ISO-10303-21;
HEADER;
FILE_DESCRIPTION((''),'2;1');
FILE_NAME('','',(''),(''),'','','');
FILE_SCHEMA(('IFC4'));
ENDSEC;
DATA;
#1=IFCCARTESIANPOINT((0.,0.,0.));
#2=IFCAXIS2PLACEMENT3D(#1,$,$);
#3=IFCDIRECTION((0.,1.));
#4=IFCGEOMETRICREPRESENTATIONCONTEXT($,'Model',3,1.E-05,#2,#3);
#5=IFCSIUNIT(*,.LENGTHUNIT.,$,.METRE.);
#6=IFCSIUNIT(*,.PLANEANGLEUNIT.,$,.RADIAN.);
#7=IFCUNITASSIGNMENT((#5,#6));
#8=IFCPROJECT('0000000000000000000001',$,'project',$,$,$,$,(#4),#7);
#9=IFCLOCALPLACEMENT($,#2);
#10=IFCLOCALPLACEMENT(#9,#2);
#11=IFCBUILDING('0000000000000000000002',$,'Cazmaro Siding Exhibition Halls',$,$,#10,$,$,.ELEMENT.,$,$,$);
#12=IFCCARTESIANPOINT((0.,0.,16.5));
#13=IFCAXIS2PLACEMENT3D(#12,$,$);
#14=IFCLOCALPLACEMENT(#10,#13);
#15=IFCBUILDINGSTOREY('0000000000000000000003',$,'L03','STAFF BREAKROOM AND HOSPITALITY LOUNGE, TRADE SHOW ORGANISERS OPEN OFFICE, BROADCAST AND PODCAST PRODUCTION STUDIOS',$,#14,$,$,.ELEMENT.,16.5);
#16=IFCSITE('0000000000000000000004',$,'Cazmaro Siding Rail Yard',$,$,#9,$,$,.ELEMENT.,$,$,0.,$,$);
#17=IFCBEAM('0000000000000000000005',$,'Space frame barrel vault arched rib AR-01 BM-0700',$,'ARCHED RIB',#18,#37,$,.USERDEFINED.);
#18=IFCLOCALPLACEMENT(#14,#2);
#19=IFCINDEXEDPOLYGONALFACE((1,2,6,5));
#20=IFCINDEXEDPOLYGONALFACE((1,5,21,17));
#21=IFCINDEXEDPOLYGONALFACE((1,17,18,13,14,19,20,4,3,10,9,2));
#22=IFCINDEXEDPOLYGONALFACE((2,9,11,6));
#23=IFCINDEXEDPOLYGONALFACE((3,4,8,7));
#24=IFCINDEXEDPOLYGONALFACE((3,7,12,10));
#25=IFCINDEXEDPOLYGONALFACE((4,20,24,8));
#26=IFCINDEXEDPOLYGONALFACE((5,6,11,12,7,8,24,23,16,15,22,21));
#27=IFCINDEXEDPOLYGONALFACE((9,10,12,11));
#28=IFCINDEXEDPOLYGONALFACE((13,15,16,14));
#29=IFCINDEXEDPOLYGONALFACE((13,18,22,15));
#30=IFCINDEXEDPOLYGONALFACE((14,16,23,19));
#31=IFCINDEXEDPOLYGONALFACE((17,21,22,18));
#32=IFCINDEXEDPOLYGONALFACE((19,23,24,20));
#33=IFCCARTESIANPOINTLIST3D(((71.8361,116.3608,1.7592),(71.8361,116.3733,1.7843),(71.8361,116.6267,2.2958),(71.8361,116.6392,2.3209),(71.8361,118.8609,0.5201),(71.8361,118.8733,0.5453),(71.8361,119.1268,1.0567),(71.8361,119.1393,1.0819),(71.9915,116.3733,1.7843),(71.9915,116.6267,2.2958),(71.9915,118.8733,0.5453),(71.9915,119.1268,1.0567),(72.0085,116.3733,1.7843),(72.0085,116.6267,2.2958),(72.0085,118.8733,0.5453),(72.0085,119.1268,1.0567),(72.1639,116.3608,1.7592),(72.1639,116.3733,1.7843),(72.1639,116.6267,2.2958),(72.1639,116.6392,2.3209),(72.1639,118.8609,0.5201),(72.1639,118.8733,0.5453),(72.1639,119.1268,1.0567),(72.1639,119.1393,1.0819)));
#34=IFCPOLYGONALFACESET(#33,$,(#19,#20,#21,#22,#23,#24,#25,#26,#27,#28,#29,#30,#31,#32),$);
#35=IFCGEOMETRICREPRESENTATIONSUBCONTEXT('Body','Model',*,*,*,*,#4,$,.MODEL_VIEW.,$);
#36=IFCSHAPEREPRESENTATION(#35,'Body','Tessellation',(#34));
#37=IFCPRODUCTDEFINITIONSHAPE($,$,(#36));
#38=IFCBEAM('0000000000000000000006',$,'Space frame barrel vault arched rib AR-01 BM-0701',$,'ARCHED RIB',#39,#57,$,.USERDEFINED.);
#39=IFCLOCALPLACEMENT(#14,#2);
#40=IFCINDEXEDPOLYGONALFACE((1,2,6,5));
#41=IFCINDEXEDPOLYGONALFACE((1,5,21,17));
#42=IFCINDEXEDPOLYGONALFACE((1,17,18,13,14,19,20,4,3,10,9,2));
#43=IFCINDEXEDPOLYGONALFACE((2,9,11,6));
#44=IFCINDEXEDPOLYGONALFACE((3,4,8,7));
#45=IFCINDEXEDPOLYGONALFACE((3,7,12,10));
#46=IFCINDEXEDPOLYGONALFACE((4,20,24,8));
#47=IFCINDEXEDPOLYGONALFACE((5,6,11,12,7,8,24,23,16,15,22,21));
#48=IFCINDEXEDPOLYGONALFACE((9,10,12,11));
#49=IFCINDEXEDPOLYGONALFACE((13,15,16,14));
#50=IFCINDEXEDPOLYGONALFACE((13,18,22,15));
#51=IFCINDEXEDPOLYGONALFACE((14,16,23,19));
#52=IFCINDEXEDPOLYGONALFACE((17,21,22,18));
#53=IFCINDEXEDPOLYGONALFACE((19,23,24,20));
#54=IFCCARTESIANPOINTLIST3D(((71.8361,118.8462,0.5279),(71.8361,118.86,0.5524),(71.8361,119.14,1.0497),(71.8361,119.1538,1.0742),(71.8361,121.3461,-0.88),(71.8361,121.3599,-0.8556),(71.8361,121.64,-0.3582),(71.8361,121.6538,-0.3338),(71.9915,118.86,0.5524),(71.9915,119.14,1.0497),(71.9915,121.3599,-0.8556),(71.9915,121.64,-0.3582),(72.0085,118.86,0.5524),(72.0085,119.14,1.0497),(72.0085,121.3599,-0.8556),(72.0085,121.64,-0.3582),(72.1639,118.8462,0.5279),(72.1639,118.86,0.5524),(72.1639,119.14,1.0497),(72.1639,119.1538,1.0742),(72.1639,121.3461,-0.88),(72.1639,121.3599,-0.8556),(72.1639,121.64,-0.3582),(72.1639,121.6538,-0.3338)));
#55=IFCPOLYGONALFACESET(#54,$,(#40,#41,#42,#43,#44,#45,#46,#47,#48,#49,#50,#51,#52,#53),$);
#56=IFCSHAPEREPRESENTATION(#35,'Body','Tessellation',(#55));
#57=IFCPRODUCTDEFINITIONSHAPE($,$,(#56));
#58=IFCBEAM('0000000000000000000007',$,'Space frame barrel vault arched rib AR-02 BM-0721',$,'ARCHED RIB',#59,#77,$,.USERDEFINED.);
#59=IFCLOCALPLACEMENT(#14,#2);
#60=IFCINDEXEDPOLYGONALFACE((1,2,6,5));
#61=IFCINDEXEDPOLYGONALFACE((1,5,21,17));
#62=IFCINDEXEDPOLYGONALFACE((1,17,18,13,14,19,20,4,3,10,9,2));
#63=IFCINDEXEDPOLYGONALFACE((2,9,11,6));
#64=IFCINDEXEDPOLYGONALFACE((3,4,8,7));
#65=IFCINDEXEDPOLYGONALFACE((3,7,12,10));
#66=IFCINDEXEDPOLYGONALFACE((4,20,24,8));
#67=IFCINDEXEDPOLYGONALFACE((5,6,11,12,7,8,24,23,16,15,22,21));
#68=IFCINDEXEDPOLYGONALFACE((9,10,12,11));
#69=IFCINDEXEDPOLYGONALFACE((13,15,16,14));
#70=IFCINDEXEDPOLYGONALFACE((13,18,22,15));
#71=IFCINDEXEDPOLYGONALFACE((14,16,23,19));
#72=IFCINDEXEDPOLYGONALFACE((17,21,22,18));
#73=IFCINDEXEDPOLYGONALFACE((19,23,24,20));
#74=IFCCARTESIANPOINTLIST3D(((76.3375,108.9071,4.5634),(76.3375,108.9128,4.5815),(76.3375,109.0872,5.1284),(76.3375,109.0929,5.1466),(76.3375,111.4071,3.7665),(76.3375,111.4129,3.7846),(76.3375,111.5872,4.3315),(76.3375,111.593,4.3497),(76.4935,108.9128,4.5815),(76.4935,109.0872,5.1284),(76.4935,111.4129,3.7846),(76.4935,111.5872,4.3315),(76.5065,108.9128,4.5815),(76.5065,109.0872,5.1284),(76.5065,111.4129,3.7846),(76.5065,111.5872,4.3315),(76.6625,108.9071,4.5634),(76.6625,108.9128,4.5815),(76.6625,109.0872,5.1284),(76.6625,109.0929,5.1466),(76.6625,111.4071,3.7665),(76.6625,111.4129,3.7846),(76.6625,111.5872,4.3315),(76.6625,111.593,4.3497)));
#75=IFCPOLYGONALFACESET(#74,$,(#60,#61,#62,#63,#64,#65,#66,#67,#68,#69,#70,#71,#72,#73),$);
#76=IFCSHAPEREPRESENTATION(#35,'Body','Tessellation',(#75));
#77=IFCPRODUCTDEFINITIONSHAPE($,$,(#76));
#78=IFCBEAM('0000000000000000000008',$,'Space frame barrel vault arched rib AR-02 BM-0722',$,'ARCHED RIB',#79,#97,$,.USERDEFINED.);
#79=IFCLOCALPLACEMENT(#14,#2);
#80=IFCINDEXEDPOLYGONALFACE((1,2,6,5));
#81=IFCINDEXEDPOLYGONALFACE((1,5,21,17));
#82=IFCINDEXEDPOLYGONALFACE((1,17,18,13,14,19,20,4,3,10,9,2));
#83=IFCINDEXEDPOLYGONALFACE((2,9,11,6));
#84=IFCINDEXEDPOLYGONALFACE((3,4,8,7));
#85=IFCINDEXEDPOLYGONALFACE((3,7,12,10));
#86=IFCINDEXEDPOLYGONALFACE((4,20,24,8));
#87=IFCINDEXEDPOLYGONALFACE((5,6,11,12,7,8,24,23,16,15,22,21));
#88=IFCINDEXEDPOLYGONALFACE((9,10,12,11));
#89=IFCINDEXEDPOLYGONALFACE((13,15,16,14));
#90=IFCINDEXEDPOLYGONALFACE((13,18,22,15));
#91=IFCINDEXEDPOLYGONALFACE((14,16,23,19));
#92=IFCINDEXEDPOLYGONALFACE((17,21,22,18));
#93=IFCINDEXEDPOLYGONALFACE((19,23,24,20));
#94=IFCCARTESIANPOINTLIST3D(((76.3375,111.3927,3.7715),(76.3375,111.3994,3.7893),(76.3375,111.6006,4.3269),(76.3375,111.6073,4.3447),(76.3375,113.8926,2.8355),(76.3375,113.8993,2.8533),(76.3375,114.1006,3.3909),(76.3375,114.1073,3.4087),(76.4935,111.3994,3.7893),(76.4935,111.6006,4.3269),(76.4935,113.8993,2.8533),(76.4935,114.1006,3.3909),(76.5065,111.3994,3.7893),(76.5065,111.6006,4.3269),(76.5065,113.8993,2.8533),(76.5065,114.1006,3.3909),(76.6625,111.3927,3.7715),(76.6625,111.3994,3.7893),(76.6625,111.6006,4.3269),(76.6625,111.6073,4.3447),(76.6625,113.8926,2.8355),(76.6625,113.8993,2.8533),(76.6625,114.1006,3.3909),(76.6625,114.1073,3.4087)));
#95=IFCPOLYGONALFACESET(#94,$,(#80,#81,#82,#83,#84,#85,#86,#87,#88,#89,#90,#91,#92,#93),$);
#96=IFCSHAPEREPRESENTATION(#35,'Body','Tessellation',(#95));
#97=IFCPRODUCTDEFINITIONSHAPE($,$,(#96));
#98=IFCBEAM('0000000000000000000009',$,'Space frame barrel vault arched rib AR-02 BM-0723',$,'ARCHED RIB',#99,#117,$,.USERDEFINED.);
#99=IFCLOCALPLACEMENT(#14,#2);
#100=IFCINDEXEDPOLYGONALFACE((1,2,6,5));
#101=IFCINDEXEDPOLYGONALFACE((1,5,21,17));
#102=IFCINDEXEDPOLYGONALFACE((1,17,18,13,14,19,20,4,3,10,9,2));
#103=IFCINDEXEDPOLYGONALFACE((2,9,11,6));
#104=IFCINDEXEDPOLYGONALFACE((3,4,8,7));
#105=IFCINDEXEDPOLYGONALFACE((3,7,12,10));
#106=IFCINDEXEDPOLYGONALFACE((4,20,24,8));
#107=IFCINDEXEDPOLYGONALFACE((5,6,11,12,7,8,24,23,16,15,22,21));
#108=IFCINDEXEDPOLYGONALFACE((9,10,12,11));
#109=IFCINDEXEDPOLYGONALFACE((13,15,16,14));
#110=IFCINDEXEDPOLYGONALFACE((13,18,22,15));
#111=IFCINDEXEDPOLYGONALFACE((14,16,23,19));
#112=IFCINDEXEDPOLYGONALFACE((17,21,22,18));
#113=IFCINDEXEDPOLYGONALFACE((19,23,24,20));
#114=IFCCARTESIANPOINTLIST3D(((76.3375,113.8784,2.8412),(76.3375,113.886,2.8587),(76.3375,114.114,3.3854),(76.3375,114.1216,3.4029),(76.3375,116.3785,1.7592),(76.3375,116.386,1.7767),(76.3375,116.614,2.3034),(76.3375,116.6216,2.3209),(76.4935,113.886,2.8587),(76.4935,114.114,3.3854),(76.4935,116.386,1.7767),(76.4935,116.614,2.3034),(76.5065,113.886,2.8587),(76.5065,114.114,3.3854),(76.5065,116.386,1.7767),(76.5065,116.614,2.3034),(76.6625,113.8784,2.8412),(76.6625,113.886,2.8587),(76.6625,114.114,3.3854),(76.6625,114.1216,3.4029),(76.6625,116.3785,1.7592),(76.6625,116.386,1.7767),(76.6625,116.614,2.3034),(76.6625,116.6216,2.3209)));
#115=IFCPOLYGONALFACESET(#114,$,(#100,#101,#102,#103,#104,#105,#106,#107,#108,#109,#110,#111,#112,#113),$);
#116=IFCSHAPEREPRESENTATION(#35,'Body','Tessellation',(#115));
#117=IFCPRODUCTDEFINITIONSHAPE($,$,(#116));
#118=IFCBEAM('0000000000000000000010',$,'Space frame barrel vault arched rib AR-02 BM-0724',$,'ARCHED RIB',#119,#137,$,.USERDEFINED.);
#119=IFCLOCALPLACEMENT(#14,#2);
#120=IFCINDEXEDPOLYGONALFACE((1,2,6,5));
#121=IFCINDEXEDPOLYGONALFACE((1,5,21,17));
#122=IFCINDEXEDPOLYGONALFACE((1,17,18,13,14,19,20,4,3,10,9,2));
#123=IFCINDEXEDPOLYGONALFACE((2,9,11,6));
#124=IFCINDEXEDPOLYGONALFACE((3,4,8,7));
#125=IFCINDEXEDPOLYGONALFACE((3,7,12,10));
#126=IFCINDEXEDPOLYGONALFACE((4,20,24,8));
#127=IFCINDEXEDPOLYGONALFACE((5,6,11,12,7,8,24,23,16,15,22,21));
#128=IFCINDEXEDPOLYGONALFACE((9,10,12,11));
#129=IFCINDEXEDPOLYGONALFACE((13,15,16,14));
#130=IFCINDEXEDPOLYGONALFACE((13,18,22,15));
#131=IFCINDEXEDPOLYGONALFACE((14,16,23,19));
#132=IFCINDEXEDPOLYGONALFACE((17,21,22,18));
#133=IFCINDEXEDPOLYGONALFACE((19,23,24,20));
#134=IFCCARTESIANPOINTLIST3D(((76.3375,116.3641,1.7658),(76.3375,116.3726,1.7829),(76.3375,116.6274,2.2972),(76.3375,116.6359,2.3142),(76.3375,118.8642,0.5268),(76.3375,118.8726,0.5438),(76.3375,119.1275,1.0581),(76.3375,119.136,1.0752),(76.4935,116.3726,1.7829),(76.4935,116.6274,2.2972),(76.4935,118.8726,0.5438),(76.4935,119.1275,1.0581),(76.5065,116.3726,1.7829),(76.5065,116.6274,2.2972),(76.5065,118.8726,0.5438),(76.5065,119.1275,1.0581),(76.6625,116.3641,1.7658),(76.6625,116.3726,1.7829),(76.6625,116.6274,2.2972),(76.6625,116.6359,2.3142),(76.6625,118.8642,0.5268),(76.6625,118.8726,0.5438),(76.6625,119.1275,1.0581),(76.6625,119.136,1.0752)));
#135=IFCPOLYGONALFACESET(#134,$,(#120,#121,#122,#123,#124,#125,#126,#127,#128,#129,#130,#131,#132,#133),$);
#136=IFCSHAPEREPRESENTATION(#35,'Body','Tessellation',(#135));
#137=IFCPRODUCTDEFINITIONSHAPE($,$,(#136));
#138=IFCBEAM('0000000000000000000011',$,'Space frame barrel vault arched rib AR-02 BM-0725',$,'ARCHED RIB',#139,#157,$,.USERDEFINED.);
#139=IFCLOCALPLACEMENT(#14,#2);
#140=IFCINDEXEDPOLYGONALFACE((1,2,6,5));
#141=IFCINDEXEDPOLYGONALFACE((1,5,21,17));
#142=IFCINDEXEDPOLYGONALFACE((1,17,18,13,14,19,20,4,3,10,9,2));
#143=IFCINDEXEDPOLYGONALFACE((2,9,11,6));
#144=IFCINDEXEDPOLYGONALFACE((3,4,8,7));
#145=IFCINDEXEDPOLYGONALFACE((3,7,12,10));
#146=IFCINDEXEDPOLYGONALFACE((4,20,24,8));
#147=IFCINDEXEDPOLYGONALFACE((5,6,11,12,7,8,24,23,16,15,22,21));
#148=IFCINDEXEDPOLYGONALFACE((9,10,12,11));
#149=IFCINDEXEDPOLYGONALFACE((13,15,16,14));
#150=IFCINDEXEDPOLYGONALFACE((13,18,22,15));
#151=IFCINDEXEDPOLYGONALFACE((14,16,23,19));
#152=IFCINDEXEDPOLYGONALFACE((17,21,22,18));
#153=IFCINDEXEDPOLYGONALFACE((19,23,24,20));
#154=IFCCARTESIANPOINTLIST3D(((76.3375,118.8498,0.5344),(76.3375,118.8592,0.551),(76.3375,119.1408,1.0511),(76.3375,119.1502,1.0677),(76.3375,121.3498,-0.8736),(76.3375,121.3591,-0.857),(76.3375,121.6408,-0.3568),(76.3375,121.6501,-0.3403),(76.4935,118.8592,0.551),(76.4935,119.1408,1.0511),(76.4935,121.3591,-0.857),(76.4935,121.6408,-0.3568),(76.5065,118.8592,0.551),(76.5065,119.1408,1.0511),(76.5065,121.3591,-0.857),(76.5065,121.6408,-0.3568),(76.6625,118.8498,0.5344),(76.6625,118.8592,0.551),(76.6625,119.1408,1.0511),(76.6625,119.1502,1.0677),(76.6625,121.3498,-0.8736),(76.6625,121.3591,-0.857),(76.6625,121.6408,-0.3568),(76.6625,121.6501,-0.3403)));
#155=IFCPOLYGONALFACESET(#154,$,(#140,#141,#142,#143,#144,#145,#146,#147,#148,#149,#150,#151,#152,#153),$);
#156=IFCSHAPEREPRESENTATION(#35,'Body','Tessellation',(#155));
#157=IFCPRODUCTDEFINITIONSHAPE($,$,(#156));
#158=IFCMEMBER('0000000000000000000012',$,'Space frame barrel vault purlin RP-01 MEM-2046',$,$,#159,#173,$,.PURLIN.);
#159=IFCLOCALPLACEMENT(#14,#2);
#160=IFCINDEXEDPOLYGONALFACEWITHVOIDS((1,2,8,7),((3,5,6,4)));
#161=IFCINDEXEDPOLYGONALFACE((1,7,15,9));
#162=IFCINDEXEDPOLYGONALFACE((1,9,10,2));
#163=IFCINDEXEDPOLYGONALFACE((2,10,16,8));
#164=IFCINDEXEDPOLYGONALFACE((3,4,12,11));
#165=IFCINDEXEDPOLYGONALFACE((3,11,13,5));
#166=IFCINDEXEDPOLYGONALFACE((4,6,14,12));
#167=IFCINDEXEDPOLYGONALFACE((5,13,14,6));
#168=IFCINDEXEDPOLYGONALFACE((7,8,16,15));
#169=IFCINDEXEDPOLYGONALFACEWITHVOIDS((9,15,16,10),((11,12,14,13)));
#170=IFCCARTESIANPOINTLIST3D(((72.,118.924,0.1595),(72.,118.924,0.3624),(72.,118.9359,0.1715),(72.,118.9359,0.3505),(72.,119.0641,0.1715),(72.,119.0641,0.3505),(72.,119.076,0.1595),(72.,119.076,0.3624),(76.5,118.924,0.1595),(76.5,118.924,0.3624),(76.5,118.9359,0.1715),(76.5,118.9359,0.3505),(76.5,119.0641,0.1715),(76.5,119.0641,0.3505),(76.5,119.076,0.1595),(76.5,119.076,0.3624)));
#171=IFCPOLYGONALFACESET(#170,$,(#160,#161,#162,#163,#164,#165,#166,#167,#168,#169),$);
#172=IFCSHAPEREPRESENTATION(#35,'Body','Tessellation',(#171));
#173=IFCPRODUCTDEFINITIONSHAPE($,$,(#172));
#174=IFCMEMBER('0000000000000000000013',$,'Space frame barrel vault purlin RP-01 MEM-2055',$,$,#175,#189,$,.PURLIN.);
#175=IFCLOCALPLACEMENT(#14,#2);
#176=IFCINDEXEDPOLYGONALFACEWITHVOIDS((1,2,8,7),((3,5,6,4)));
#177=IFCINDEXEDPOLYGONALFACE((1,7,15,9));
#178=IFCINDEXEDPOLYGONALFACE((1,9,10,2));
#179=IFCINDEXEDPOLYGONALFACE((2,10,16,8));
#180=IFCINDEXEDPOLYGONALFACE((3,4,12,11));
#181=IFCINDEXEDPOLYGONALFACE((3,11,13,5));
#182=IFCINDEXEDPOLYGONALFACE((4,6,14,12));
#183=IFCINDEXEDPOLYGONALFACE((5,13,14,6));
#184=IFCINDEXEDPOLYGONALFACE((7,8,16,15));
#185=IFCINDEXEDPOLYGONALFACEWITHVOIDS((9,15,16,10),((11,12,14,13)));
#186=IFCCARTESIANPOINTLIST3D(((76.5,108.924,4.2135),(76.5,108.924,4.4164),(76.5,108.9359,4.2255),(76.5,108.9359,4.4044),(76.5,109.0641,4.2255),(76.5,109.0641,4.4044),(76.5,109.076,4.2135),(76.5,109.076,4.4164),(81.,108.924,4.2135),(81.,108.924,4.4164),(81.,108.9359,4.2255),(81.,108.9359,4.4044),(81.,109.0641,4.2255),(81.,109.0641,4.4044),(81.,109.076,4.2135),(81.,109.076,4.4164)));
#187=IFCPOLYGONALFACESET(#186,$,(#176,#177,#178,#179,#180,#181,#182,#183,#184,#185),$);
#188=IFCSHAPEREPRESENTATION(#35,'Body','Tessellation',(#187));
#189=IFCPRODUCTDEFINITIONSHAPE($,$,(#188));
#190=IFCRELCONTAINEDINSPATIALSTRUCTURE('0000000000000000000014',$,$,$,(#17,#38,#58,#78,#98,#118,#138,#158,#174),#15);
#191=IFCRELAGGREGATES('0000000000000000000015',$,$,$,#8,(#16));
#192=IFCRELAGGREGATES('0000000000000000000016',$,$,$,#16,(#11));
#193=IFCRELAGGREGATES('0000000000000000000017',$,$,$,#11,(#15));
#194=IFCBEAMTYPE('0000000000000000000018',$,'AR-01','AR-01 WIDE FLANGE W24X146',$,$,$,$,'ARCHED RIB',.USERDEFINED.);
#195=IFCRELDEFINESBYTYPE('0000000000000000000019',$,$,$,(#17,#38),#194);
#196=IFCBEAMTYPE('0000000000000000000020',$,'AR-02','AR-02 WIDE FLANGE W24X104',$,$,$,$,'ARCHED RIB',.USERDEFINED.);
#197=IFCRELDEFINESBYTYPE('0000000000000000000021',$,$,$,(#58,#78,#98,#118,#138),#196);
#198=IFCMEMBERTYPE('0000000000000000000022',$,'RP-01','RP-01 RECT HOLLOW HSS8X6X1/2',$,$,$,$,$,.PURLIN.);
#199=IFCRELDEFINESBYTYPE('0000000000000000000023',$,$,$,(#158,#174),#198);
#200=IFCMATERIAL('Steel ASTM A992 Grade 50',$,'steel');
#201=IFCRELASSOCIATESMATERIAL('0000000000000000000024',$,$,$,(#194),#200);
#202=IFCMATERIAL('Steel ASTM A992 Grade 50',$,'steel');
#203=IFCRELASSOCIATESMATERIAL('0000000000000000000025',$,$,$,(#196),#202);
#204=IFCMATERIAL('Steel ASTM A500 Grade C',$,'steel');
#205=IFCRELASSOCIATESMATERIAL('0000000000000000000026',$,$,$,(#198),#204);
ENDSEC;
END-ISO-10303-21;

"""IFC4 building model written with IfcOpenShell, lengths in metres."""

from ifc_helpers import new_model, si_unit, direction, frame, origin, origin_2d, place, context, subcontext, project, spatial, hollow_rectangle, i_section, extrude, material, material_profile, profile_set, type_object, element, save


model = new_model("IFC4")

# Units and contexts
model_context = context("Model", 3, precision=1e-05, world=origin(), true_north=direction((0.0, 1.0)))
body_context = subcontext(model_context, "Body", "Model", "MODEL_VIEW")
ifc_project = project(units=[si_unit("LENGTHUNIT", "METRE"), si_unit("PLANEANGLEUNIT", "RADIAN")], contexts=[model_context])

# Site, building, storey
site_placement = place(None, origin())
site = spatial("IfcSite", under=ifc_project, at=site_placement, Name="Cazmaro Siding Rail Yard", CompositionType="ELEMENT", RefElevation=0.0)
building_placement = place(site_placement, origin())
building = spatial("IfcBuilding", under=site, at=building_placement, Name="Cazmaro Siding Exhibition Halls", CompositionType="ELEMENT")
storey_placement = place(building_placement, frame((0.0, 0.0, 16.5)))
storey = spatial("IfcBuildingStorey", under=building, at=storey_placement, Name="L03", Description="STAFF BREAKROOM AND HOSPITALITY LOUNGE, TRADE SHOW ORGANISERS OPEN OFFICE, BROADCAST AND PODCAST PRODUCTION STUDIOS", CompositionType="ELEMENT", Elevation=16.5)

# Beams
ifc_material_1 = material(Name="Steel ASTM A992 Grade 50", Category="steel")
ifc_material_profile_1 = material_profile(ifc_material_1, i_section(OverallWidth=0.3279, OverallDepth=0.627, WebThickness=0.0171, FlangeThickness=0.0281, at=origin_2d()), Name="W24X146")
ifc_profile_set_1 = profile_set([ifc_material_profile_1], Name="Steel ASTM A992 Grade 50")
beam_type_1 = type_object("IfcBeamType", Name="AR-01", Description="AR-01 WIDE FLANGE W24X146", ElementType="ARCHED RIB", PredefinedType="USERDEFINED", material=ifc_profile_set_1)
beam_1_placement = place(storey_placement, frame((72.0, 116.5, 2.04), z_axis=(0.0, 0.895997, -0.444061), x_axis=(-1.0, 0.0, 0.0)))
element("IfcBeam", 1, at=beam_1_placement, inside=storey, type_object=beam_type_1, Name="Space frame barrel vault arched rib AR-01 BM-0700", ObjectType="ARCHED RIB", PredefinedType="USERDEFINED", context=body_context, shape_type="SweptSolid", body=[
    extrude(i_section(OverallWidth=0.3279, OverallDepth=0.627, WebThickness=0.0171, FlangeThickness=0.0281, at=origin_2d()), origin(), (0.0, 0.0, 1.0), 2.7903),
])
beam_2_placement = place(storey_placement, frame((72.0, 119.0, 0.801), z_axis=(0.0, 0.871321, -0.490714), x_axis=(-1.0, 0.0, 0.0)))
element("IfcBeam", 2, at=beam_2_placement, inside=storey, type_object=beam_type_1, Name="Space frame barrel vault arched rib AR-01 BM-0701", ObjectType="ARCHED RIB", PredefinedType="USERDEFINED", context=body_context, shape_type="SweptSolid", body=[
    extrude(i_section(OverallWidth=0.3279, OverallDepth=0.627, WebThickness=0.0171, FlangeThickness=0.0281, at=origin_2d()), origin(), (0.0, 0.0, 1.0), 2.8691),
])
ifc_material_2 = material(Name="Steel ASTM A992 Grade 50", Category="steel")
ifc_material_profile_2 = material_profile(ifc_material_2, i_section(OverallWidth=0.325, OverallDepth=0.6121, WebThickness=0.0129, FlangeThickness=0.019, at=origin_2d()), Name="W24X104")
ifc_profile_set_2 = profile_set([ifc_material_profile_2], Name="Steel ASTM A992 Grade 50")
beam_type_2 = type_object("IfcBeamType", Name="AR-02", Description="AR-02 WIDE FLANGE W24X104", ElementType="ARCHED RIB", PredefinedType="USERDEFINED", material=ifc_profile_set_2)
beam_3_placement = place(storey_placement, frame((76.5, 109.0, 4.855), z_axis=(0.0, 0.952769, -0.303695), x_axis=(-1.0, 0.0, 0.0)))
element("IfcBeam", 3, at=beam_3_placement, inside=storey, type_object=beam_type_2, Name="Space frame barrel vault arched rib AR-02 BM-0721", ObjectType="ARCHED RIB", PredefinedType="USERDEFINED", context=body_context, shape_type="SweptSolid", body=[
    extrude(i_section(OverallWidth=0.325, OverallDepth=0.6121, WebThickness=0.0129, FlangeThickness=0.019, at=origin_2d()), origin(), (0.0, 0.0, 1.0), 2.624),
])
beam_4_placement = place(storey_placement, frame((76.5, 111.5, 4.0581), z_axis=(0.0, 0.936509, -0.350642), x_axis=(-1.0, 0.0, 0.0)))
element("IfcBeam", 4, at=beam_4_placement, inside=storey, type_object=beam_type_2, Name="Space frame barrel vault arched rib AR-02 BM-0722", ObjectType="ARCHED RIB", PredefinedType="USERDEFINED", context=body_context, shape_type="SweptSolid", body=[
    extrude(i_section(OverallWidth=0.325, OverallDepth=0.6121, WebThickness=0.0129, FlangeThickness=0.019, at=origin_2d()), origin(), (0.0, 0.0, 1.0), 2.6694),
])
beam_5_placement = place(storey_placement, frame((76.5, 114.0, 3.1221), z_axis=(0.0, 0.91773, -0.397205), x_axis=(-1.0, 0.0, 0.0)))
element("IfcBeam", 5, at=beam_5_placement, inside=storey, type_object=beam_type_2, Name="Space frame barrel vault arched rib AR-02 BM-0723", ObjectType="ARCHED RIB", PredefinedType="USERDEFINED", context=body_context, shape_type="SweptSolid", body=[
    extrude(i_section(OverallWidth=0.325, OverallDepth=0.6121, WebThickness=0.0129, FlangeThickness=0.019, at=origin_2d()), origin(), (0.0, 0.0, 1.0), 2.7241),
])
beam_6_placement = place(storey_placement, frame((76.5, 116.5, 2.04), z_axis=(0.0, 0.895997, -0.444061), x_axis=(-1.0, 0.0, 0.0)))
element("IfcBeam", 6, at=beam_6_placement, inside=storey, type_object=beam_type_2, Name="Space frame barrel vault arched rib AR-02 BM-0724", ObjectType="ARCHED RIB", PredefinedType="USERDEFINED", context=body_context, shape_type="SweptSolid", body=[
    extrude(i_section(OverallWidth=0.325, OverallDepth=0.6121, WebThickness=0.0129, FlangeThickness=0.019, at=origin_2d()), origin(), (0.0, 0.0, 1.0), 2.7903),
])
beam_7_placement = place(storey_placement, frame((76.5, 119.0, 0.801), z_axis=(0.0, 0.871321, -0.490714), x_axis=(-1.0, 0.0, 0.0)))
element("IfcBeam", 7, at=beam_7_placement, inside=storey, type_object=beam_type_2, Name="Space frame barrel vault arched rib AR-02 BM-0725", ObjectType="ARCHED RIB", PredefinedType="USERDEFINED", context=body_context, shape_type="SweptSolid", body=[
    extrude(i_section(OverallWidth=0.325, OverallDepth=0.6121, WebThickness=0.0129, FlangeThickness=0.019, at=origin_2d()), origin(), (0.0, 0.0, 1.0), 2.8691),
])

# Members
ifc_material_3 = material(Name="Steel ASTM A500 Grade C", Category="steel")
ifc_material_profile_3 = material_profile(ifc_material_3, hollow_rectangle(XDim=0.1521, YDim=0.2029, WallThickness=0.012, at=origin_2d()), Name="HSS8X6X1/2")
ifc_profile_set_3 = profile_set([ifc_material_profile_3], Name="Steel ASTM A500 Grade C")
member_type_1 = type_object("IfcMemberType", Name="RP-01", Description="RP-01 RECT HOLLOW HSS8X6X1/2", PredefinedType="PURLIN", material=ifc_profile_set_3)
for number, where, z_axis, x_axis, name in (
    (8, (72.0, 119.0, 0.261), (1.0, 0.0, 0.0), (0.0, 1.0, 0.0), "Space frame barrel vault purlin RP-01 MEM-2046"),
    (9, (76.5, 109.0, 4.3149), (1.0, 0.0, 0.0), (0.0, 1.0, 0.0), "Space frame barrel vault purlin RP-01 MEM-2055"),
):
    element("IfcMember", number, at=place(storey_placement, frame(where, z_axis=z_axis, x_axis=x_axis)), inside=storey, type_object=member_type_1, Name=name, PredefinedType="PURLIN", context=body_context, shape_type="SweptSolid", body=[
        extrude(hollow_rectangle(XDim=0.1521, YDim=0.2029, WallThickness=0.012, at=origin_2d()), origin(), (0.0, 0.0, 1.0), 4.5),
    ])

save(model, "model.ifc")
